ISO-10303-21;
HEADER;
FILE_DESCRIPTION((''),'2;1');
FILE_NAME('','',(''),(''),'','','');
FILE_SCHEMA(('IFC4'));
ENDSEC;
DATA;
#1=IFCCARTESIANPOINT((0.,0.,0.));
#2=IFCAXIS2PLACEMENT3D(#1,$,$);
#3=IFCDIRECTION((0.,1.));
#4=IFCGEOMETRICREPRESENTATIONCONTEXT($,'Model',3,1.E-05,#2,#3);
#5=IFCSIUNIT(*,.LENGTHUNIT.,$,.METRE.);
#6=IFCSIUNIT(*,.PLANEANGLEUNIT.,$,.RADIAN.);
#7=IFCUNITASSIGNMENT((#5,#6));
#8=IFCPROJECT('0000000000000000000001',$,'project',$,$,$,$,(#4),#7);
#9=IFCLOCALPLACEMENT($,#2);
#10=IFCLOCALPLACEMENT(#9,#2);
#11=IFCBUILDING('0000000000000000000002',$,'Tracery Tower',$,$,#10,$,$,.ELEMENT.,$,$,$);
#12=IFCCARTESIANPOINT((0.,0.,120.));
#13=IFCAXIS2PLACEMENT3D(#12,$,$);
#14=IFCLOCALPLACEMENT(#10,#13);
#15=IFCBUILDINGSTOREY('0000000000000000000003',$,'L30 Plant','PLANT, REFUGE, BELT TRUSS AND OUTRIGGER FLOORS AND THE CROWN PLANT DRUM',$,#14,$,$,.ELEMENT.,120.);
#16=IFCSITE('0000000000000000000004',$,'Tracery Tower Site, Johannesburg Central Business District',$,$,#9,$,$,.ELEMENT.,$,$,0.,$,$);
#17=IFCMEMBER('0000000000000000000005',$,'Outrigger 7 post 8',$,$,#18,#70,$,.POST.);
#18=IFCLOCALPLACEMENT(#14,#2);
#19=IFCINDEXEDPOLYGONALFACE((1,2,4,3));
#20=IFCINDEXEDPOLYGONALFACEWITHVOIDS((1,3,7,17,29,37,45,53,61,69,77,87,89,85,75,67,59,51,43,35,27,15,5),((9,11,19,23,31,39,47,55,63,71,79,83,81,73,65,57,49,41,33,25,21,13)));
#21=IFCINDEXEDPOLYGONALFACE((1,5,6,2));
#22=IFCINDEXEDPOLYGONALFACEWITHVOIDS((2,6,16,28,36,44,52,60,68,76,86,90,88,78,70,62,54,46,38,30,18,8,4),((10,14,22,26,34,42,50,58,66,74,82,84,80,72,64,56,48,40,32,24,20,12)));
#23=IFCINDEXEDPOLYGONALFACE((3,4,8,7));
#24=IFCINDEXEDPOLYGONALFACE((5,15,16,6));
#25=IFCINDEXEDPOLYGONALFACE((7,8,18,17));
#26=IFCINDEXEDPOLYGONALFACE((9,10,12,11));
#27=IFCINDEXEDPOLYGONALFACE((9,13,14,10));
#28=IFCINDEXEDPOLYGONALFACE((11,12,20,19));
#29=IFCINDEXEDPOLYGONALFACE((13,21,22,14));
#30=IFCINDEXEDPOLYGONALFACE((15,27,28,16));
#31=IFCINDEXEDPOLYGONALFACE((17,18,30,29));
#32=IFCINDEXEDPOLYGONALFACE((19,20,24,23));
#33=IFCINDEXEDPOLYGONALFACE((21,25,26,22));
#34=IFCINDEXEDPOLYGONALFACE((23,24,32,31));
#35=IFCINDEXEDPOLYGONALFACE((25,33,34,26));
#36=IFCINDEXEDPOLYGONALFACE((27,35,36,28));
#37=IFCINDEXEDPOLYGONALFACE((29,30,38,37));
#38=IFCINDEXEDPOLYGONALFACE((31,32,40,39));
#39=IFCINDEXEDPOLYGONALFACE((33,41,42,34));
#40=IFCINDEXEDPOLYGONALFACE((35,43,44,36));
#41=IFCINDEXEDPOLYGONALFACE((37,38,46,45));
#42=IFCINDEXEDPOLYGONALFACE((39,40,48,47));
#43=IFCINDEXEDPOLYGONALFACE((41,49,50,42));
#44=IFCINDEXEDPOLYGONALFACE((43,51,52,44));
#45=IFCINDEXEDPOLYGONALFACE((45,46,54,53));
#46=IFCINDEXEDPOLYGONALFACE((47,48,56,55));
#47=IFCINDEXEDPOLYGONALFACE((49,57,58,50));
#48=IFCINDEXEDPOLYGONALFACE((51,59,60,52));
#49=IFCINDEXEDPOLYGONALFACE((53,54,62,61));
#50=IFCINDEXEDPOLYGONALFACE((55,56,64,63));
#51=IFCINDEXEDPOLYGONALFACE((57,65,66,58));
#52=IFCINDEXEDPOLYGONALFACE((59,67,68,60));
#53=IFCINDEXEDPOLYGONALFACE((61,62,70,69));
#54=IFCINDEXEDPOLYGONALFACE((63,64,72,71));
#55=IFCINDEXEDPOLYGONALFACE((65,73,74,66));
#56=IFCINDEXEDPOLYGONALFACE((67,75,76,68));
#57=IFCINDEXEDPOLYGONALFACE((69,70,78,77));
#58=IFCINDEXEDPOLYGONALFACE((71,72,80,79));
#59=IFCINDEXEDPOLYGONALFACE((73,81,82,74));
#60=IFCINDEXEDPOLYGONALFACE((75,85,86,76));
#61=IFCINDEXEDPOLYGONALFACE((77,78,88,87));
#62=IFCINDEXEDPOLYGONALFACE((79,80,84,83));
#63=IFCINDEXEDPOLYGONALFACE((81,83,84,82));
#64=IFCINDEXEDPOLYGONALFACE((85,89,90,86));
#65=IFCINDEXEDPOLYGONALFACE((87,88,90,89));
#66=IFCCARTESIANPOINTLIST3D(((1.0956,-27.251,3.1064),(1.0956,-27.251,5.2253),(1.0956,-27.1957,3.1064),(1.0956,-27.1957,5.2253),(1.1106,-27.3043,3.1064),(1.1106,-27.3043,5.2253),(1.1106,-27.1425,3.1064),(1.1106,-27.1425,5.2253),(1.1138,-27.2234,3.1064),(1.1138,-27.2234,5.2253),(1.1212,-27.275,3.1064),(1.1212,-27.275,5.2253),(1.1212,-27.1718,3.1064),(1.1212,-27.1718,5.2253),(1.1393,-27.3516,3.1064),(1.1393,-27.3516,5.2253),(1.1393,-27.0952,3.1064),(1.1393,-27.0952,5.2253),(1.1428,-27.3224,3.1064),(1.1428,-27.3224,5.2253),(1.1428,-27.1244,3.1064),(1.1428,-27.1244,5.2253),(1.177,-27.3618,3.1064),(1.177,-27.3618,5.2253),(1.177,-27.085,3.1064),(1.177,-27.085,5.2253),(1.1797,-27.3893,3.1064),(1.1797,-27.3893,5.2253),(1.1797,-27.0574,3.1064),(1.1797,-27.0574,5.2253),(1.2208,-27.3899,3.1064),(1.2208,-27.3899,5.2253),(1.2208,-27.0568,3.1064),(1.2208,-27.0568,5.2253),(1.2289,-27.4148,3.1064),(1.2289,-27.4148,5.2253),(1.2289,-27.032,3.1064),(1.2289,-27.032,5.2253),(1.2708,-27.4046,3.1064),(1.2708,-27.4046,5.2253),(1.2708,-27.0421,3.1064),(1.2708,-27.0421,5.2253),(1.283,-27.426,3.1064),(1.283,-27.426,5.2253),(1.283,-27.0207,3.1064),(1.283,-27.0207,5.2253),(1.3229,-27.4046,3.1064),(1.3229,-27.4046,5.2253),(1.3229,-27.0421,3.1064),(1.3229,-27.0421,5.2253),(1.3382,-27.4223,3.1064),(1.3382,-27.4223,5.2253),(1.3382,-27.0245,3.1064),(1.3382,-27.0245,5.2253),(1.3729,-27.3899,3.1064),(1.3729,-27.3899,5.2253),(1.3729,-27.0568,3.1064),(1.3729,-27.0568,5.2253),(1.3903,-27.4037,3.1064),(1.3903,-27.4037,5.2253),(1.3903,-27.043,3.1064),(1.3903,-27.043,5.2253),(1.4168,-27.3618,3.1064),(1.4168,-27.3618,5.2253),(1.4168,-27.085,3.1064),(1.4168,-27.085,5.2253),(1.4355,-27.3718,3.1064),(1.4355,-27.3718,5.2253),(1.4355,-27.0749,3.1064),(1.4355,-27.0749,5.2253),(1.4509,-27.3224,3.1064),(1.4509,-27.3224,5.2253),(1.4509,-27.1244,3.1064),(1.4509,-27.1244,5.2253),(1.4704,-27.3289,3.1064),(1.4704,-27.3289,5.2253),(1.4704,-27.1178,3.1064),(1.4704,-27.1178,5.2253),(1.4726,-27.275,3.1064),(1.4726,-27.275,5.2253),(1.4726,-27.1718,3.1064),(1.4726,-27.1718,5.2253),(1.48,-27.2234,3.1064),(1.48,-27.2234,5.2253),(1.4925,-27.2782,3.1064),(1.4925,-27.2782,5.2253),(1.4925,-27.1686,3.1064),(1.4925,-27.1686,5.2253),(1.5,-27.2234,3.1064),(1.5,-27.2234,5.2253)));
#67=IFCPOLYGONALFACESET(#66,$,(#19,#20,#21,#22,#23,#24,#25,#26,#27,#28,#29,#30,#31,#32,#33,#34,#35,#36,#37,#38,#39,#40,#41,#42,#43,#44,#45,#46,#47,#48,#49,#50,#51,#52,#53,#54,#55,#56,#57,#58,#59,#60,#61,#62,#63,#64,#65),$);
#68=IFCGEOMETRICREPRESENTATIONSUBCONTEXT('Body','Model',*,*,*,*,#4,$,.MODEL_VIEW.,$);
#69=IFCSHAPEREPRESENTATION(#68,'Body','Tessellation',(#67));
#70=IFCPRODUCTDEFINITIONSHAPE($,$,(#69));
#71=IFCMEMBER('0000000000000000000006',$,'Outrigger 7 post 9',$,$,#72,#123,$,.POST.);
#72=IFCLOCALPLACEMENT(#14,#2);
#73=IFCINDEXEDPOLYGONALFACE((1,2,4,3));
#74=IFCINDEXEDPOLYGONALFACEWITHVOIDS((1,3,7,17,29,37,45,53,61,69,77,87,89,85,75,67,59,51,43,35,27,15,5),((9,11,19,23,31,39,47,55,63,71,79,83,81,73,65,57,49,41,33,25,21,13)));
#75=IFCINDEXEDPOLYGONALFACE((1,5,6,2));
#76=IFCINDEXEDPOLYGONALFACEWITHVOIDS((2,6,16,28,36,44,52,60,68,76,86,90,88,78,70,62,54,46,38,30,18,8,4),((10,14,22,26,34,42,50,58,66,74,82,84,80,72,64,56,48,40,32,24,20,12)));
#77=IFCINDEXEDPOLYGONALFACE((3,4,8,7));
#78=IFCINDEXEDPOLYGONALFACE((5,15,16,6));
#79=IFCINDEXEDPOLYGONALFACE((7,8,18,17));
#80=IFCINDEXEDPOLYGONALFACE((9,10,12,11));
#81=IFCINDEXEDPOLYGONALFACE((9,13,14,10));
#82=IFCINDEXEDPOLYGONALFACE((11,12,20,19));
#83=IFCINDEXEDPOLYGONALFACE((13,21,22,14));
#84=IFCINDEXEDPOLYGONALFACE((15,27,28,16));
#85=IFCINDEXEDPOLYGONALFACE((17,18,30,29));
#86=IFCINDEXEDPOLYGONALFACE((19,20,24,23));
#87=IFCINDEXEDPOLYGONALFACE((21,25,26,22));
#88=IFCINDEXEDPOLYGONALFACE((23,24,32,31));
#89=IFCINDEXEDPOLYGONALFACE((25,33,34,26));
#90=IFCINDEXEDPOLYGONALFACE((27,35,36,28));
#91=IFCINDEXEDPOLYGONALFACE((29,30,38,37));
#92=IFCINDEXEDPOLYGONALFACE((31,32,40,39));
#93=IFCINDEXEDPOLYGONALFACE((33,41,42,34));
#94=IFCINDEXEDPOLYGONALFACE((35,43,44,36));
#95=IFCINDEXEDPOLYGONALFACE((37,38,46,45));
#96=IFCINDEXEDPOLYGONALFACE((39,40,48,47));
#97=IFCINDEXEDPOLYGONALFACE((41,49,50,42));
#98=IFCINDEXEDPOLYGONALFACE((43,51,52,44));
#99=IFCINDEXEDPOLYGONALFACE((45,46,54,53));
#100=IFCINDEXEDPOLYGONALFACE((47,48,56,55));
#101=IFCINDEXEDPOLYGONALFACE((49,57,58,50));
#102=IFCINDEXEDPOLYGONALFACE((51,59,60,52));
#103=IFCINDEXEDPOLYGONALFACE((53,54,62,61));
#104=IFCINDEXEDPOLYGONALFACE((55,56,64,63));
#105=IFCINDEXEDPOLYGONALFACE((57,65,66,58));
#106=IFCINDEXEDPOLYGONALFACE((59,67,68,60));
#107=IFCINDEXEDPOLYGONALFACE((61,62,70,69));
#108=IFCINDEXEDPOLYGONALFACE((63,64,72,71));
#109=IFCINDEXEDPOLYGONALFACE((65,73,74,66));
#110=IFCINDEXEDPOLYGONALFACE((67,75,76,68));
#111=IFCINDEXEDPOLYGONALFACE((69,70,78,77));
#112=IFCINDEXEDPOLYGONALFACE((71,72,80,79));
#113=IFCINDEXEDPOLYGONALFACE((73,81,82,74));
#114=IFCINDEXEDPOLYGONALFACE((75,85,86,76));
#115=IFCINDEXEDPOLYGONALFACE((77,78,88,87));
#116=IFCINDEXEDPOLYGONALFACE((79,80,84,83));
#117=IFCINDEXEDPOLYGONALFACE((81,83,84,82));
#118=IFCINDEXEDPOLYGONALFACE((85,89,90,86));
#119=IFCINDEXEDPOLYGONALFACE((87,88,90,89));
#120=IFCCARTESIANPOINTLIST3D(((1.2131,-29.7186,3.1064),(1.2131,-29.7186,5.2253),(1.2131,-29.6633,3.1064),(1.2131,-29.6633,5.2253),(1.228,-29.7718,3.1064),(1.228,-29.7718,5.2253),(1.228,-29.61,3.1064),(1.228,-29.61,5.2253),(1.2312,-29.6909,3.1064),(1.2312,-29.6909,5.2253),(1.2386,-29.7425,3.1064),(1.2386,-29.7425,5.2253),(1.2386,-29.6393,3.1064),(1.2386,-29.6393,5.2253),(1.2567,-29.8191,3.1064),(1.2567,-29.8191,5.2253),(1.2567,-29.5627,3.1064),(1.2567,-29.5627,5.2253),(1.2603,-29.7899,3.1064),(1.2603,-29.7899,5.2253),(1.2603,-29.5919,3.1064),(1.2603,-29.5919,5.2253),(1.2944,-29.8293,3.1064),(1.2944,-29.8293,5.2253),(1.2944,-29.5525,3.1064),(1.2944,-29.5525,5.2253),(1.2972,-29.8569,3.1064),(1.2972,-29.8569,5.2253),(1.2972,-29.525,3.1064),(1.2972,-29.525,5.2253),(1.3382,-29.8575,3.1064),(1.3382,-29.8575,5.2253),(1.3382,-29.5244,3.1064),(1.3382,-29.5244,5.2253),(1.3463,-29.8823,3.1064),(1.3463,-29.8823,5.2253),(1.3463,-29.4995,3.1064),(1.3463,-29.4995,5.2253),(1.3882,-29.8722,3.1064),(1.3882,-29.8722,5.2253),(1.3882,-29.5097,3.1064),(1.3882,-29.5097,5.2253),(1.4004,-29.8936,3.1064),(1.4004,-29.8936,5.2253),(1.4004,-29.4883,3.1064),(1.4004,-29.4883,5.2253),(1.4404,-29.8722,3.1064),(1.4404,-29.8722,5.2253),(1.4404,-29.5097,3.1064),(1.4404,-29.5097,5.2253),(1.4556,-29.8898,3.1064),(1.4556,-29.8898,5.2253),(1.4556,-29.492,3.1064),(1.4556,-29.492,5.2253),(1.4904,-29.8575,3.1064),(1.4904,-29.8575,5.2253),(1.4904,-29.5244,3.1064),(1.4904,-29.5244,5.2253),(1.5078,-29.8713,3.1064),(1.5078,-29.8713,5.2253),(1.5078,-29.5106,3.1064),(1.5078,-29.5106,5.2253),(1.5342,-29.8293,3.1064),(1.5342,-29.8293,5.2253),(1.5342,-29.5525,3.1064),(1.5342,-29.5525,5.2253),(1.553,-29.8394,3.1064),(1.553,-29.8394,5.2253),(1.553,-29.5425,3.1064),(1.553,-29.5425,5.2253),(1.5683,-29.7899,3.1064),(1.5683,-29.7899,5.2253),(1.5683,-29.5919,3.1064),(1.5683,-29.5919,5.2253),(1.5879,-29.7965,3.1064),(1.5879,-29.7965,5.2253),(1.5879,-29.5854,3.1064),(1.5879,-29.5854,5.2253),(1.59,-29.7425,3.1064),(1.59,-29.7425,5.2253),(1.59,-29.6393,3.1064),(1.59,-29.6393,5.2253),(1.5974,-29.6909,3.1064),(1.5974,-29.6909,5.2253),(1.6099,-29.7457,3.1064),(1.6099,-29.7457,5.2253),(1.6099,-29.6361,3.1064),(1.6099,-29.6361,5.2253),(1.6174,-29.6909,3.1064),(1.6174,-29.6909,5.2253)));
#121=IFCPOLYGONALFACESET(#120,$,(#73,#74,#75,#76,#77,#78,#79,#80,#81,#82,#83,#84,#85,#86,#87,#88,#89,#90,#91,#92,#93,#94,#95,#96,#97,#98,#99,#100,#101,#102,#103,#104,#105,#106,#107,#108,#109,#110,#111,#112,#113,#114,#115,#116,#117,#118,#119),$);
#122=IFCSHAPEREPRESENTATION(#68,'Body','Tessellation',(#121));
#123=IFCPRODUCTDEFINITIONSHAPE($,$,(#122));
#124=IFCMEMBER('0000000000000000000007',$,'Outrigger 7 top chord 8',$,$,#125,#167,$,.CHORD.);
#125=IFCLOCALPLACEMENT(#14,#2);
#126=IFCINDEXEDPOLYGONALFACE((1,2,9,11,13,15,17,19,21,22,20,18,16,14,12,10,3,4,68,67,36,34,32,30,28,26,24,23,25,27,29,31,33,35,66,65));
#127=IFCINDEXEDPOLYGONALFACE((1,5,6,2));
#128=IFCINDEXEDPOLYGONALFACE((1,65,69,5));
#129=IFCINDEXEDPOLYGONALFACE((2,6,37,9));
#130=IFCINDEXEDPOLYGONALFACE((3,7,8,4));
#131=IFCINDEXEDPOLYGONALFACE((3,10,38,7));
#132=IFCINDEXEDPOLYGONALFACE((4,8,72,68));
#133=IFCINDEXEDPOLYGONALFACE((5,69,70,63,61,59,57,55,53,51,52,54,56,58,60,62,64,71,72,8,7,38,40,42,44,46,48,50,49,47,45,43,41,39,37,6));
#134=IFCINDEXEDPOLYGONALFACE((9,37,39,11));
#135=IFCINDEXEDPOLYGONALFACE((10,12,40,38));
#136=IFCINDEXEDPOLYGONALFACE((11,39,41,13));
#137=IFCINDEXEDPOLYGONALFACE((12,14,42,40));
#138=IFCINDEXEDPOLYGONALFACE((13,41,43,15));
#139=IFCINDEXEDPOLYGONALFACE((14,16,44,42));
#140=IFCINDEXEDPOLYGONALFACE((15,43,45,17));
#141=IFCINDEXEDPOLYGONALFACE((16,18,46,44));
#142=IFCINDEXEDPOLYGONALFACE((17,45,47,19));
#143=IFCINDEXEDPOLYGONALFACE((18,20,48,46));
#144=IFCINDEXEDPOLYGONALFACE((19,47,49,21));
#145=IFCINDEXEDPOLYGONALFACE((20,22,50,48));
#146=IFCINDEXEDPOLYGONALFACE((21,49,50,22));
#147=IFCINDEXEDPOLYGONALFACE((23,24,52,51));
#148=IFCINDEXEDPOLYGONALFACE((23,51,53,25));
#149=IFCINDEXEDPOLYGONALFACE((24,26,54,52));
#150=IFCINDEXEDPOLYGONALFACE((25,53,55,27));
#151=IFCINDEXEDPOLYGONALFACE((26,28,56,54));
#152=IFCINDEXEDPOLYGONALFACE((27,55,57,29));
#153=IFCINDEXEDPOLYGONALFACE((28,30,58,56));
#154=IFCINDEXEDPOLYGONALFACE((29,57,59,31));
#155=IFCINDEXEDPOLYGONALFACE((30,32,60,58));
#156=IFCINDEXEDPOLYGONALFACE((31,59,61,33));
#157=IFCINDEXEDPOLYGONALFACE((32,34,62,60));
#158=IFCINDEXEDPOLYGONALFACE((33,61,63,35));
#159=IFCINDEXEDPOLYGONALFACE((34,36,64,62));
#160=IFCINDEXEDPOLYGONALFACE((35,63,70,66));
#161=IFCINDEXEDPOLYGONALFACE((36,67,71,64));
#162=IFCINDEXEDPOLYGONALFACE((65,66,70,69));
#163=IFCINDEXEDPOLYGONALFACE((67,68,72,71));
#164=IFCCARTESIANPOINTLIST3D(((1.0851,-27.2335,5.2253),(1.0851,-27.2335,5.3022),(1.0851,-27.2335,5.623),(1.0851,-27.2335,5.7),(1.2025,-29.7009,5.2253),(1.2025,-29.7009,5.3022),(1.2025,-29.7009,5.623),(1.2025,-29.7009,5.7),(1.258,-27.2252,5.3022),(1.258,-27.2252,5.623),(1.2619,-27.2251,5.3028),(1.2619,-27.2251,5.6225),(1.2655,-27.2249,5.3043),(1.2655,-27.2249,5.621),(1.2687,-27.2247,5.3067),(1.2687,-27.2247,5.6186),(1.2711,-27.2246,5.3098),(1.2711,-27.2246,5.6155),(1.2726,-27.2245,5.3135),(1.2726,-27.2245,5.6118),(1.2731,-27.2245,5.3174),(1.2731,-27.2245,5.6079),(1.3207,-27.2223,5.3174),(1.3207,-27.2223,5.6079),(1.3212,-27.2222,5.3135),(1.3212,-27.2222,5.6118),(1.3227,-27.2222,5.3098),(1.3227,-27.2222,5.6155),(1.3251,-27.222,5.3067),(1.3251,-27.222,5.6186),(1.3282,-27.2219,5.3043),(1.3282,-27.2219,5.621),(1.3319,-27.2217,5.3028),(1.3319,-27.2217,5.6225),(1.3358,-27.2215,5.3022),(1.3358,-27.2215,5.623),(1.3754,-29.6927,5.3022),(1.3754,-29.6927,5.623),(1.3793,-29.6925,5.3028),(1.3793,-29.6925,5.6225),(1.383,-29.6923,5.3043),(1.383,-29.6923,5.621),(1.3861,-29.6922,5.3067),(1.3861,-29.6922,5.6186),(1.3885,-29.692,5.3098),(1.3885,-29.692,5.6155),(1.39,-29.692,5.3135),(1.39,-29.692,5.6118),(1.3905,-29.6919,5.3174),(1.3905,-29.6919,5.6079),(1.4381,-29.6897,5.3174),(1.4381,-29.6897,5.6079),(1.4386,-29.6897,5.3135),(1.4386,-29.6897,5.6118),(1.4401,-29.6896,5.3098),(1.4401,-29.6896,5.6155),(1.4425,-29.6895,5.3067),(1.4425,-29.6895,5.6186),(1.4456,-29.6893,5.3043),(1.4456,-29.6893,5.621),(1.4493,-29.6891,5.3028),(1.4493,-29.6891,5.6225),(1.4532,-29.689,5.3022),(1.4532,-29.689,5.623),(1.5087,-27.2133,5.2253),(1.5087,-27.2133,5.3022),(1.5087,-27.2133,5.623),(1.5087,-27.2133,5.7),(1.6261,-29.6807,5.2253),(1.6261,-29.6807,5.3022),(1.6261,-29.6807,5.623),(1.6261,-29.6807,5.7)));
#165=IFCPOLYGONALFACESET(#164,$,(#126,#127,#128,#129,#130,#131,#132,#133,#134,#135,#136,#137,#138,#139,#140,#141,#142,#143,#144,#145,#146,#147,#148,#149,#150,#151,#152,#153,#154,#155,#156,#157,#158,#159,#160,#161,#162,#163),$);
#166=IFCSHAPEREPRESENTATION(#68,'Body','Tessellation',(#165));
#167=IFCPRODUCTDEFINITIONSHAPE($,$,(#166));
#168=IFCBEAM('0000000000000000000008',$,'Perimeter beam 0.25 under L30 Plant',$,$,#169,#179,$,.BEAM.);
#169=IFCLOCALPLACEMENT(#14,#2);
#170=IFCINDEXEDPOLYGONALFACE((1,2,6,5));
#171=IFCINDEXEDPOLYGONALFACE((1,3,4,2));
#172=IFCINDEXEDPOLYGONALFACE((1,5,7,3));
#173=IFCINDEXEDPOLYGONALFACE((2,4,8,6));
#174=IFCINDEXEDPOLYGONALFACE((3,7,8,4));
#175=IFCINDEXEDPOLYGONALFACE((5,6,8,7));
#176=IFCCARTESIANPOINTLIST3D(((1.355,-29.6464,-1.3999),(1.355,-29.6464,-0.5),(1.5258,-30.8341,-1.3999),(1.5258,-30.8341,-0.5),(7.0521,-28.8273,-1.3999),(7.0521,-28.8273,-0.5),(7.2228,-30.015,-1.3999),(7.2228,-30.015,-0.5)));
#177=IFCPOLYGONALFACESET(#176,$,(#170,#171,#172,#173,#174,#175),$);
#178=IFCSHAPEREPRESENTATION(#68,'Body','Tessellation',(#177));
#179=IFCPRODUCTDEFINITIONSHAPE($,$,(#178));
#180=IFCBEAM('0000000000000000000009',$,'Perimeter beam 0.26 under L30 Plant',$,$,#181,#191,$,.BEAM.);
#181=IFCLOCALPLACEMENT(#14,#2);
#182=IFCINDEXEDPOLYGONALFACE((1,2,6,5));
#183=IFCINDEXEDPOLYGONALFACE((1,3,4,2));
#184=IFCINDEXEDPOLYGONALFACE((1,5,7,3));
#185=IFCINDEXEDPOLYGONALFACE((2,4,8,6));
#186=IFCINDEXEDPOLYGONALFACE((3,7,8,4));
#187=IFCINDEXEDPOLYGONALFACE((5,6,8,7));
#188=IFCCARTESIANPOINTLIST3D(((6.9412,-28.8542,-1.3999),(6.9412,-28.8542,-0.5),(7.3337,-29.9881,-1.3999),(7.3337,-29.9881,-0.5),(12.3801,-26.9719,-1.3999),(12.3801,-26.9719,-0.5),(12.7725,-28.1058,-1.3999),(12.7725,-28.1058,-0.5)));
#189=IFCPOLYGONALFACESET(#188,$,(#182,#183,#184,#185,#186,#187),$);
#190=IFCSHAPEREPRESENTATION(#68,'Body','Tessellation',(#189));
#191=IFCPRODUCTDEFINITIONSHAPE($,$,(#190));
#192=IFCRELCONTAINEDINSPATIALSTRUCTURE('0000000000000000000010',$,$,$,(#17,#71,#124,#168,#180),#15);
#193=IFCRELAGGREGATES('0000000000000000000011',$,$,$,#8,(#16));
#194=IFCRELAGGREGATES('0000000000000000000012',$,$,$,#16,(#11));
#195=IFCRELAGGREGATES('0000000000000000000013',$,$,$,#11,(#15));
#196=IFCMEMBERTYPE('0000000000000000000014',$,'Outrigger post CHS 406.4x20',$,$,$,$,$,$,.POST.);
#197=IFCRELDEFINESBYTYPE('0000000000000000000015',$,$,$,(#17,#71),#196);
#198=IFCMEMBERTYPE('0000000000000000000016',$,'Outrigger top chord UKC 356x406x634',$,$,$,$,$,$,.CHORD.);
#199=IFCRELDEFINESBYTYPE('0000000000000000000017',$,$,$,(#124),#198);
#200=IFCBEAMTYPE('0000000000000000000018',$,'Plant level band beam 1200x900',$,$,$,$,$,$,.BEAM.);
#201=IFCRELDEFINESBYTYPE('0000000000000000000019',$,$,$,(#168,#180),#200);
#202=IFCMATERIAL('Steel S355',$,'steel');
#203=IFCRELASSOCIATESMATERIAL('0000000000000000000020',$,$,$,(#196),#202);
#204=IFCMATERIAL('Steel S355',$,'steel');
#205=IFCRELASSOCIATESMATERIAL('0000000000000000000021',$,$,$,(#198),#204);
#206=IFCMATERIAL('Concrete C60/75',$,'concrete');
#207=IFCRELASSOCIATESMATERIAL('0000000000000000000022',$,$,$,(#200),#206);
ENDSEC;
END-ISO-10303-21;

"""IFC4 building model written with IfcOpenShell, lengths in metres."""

from ifc_helpers import new_model, si_unit, direction, frame, origin, origin_2d, place, context, subcontext, project, spatial, rectangle, hollow_circle, i_section, extrude, material, material_profile, profile_set, type_object, element, save


model = new_model("IFC4")

# Units and contexts
model_context = context("Model", 3, precision=1e-05, world=origin(), true_north=direction((0.0, 1.0)))
body_context = subcontext(model_context, "Body", "Model", "MODEL_VIEW")
ifc_project = project(units=[si_unit("LENGTHUNIT", "METRE"), si_unit("PLANEANGLEUNIT", "RADIAN")], contexts=[model_context])

# Site, building, storey
site_placement = place(None, origin())
site = spatial("IfcSite", under=ifc_project, at=site_placement, Name="Tracery Tower Site, Johannesburg Central Business District", CompositionType="ELEMENT", RefElevation=0.0)
building_placement = place(site_placement, origin())
building = spatial("IfcBuilding", under=site, at=building_placement, Name="Tracery Tower", CompositionType="ELEMENT")
storey_placement = place(building_placement, frame((0.0, 0.0, 120.0)))
storey = spatial("IfcBuildingStorey", under=building, at=storey_placement, Name="L30 Plant", Description="PLANT, REFUGE, BELT TRUSS AND OUTRIGGER FLOORS AND THE CROWN PLANT DRUM", CompositionType="ELEMENT", Elevation=120.0)

# Members
ifc_material_1 = material(Name="Steel S355", Category="steel")
ifc_material_profile_1 = material_profile(ifc_material_1, hollow_circle(Radius=0.2031, WallThickness=0.02, at=origin_2d()), Name="CHS 406.4x20")
ifc_profile_set_1 = profile_set([ifc_material_profile_1], Name="Steel S355")
member_type_1 = type_object("IfcMemberType", Name="Outrigger post CHS 406.4x20", PredefinedType="POST", material=ifc_profile_set_1)
for number, where, z_axis, x_axis, name in (
    (1, (1.2969, -27.2234, 3.1064), (0.0, 0.0, 1.0), (1.0, 0.0, 0.0), "Outrigger 7 post 8"),
    (2, (1.4143, -29.6909, 3.1064), (0.0, 0.0, 1.0), (1.0, 0.0, 0.0), "Outrigger 7 post 9"),
):
    element("IfcMember", number, at=place(storey_placement, frame(where, z_axis=z_axis, x_axis=x_axis)), inside=storey, type_object=member_type_1, Name=name, PredefinedType="POST", context=body_context, shape_type="SweptSolid", body=[
        extrude(hollow_circle(Radius=0.2031, WallThickness=0.02, at=origin_2d()), origin(), (0.0, 0.0, 1.0), 2.1189),
    ])
ifc_material_2 = material(Name="Steel S355", Category="steel")
ifc_material_profile_2 = material_profile(ifc_material_2, i_section(OverallWidth=0.4241, OverallDepth=0.4746, WebThickness=0.0476, FlangeThickness=0.0769, FilletRadius=0.0151, at=origin_2d()), Name="UKC 356x406x634")
ifc_profile_set_2 = profile_set([ifc_material_profile_2], Name="Steel S355")
member_type_2 = type_object("IfcMemberType", Name="Outrigger top chord UKC 356x406x634", PredefinedType="CHORD", material=ifc_profile_set_2)
member_1_placement = place(storey_placement, frame((1.2969, -27.2234, 5.4626), z_axis=(0.047537, -0.998869, 0.0), x_axis=(0.998869, 0.047537, 0.0)))
element("IfcMember", 3, at=member_1_placement, inside=storey, type_object=member_type_2, Name="Outrigger 7 top chord 8", PredefinedType="CHORD", context=body_context, shape_type="SweptSolid", body=[
    extrude(i_section(OverallWidth=0.4241, OverallDepth=0.4746, WebThickness=0.0476, FlangeThickness=0.0769, FilletRadius=0.0151, at=origin_2d()), origin(), (0.0, 0.0, 1.0), 2.4702),
])

# Beams
ifc_material_3 = material(Name="Concrete C60/75", Category="concrete")
ifc_material_profile_3 = material_profile(ifc_material_3, rectangle(XDim=1.2, YDim=0.8999, at=origin_2d()), Name="RC 1200x900")
ifc_profile_set_3 = profile_set([ifc_material_profile_3], Name="Concrete C60/75")
beam_type = type_object("IfcBeamType", Name="Plant level band beam 1200x900", PredefinedType="BEAM", material=ifc_profile_set_3)
beam_1_placement = place(storey_placement, frame((1.4404, -30.2402, -0.95), z_axis=(0.989822, 0.142312, 0.0), x_axis=(-0.142312, 0.989822, 0.0)))
element("IfcBeam", 4, at=beam_1_placement, inside=storey, type_object=beam_type, Name="Perimeter beam 0.25 under L30 Plant", PredefinedType="BEAM", context=body_context, shape_type="SweptSolid", body=[
    extrude(rectangle(XDim=1.2, YDim=0.8999, at=origin_2d()), origin(), (0.0, 0.0, 1.0), 5.7556),
])
beam_2_placement = place(storey_placement, frame((7.1375, -29.4211, -0.95), z_axis=(0.945007, 0.327049, 0.0), x_axis=(-0.327049, 0.945007, 0.0)))
element("IfcBeam", 5, at=beam_2_placement, inside=storey, type_object=beam_type, Name="Perimeter beam 0.26 under L30 Plant", PredefinedType="BEAM", context=body_context, shape_type="SweptSolid", body=[
    extrude(rectangle(XDim=1.2, YDim=0.8999, at=origin_2d()), origin(), (0.0, 0.0, 1.0), 5.7554),
])

save(model, "model.ifc")
